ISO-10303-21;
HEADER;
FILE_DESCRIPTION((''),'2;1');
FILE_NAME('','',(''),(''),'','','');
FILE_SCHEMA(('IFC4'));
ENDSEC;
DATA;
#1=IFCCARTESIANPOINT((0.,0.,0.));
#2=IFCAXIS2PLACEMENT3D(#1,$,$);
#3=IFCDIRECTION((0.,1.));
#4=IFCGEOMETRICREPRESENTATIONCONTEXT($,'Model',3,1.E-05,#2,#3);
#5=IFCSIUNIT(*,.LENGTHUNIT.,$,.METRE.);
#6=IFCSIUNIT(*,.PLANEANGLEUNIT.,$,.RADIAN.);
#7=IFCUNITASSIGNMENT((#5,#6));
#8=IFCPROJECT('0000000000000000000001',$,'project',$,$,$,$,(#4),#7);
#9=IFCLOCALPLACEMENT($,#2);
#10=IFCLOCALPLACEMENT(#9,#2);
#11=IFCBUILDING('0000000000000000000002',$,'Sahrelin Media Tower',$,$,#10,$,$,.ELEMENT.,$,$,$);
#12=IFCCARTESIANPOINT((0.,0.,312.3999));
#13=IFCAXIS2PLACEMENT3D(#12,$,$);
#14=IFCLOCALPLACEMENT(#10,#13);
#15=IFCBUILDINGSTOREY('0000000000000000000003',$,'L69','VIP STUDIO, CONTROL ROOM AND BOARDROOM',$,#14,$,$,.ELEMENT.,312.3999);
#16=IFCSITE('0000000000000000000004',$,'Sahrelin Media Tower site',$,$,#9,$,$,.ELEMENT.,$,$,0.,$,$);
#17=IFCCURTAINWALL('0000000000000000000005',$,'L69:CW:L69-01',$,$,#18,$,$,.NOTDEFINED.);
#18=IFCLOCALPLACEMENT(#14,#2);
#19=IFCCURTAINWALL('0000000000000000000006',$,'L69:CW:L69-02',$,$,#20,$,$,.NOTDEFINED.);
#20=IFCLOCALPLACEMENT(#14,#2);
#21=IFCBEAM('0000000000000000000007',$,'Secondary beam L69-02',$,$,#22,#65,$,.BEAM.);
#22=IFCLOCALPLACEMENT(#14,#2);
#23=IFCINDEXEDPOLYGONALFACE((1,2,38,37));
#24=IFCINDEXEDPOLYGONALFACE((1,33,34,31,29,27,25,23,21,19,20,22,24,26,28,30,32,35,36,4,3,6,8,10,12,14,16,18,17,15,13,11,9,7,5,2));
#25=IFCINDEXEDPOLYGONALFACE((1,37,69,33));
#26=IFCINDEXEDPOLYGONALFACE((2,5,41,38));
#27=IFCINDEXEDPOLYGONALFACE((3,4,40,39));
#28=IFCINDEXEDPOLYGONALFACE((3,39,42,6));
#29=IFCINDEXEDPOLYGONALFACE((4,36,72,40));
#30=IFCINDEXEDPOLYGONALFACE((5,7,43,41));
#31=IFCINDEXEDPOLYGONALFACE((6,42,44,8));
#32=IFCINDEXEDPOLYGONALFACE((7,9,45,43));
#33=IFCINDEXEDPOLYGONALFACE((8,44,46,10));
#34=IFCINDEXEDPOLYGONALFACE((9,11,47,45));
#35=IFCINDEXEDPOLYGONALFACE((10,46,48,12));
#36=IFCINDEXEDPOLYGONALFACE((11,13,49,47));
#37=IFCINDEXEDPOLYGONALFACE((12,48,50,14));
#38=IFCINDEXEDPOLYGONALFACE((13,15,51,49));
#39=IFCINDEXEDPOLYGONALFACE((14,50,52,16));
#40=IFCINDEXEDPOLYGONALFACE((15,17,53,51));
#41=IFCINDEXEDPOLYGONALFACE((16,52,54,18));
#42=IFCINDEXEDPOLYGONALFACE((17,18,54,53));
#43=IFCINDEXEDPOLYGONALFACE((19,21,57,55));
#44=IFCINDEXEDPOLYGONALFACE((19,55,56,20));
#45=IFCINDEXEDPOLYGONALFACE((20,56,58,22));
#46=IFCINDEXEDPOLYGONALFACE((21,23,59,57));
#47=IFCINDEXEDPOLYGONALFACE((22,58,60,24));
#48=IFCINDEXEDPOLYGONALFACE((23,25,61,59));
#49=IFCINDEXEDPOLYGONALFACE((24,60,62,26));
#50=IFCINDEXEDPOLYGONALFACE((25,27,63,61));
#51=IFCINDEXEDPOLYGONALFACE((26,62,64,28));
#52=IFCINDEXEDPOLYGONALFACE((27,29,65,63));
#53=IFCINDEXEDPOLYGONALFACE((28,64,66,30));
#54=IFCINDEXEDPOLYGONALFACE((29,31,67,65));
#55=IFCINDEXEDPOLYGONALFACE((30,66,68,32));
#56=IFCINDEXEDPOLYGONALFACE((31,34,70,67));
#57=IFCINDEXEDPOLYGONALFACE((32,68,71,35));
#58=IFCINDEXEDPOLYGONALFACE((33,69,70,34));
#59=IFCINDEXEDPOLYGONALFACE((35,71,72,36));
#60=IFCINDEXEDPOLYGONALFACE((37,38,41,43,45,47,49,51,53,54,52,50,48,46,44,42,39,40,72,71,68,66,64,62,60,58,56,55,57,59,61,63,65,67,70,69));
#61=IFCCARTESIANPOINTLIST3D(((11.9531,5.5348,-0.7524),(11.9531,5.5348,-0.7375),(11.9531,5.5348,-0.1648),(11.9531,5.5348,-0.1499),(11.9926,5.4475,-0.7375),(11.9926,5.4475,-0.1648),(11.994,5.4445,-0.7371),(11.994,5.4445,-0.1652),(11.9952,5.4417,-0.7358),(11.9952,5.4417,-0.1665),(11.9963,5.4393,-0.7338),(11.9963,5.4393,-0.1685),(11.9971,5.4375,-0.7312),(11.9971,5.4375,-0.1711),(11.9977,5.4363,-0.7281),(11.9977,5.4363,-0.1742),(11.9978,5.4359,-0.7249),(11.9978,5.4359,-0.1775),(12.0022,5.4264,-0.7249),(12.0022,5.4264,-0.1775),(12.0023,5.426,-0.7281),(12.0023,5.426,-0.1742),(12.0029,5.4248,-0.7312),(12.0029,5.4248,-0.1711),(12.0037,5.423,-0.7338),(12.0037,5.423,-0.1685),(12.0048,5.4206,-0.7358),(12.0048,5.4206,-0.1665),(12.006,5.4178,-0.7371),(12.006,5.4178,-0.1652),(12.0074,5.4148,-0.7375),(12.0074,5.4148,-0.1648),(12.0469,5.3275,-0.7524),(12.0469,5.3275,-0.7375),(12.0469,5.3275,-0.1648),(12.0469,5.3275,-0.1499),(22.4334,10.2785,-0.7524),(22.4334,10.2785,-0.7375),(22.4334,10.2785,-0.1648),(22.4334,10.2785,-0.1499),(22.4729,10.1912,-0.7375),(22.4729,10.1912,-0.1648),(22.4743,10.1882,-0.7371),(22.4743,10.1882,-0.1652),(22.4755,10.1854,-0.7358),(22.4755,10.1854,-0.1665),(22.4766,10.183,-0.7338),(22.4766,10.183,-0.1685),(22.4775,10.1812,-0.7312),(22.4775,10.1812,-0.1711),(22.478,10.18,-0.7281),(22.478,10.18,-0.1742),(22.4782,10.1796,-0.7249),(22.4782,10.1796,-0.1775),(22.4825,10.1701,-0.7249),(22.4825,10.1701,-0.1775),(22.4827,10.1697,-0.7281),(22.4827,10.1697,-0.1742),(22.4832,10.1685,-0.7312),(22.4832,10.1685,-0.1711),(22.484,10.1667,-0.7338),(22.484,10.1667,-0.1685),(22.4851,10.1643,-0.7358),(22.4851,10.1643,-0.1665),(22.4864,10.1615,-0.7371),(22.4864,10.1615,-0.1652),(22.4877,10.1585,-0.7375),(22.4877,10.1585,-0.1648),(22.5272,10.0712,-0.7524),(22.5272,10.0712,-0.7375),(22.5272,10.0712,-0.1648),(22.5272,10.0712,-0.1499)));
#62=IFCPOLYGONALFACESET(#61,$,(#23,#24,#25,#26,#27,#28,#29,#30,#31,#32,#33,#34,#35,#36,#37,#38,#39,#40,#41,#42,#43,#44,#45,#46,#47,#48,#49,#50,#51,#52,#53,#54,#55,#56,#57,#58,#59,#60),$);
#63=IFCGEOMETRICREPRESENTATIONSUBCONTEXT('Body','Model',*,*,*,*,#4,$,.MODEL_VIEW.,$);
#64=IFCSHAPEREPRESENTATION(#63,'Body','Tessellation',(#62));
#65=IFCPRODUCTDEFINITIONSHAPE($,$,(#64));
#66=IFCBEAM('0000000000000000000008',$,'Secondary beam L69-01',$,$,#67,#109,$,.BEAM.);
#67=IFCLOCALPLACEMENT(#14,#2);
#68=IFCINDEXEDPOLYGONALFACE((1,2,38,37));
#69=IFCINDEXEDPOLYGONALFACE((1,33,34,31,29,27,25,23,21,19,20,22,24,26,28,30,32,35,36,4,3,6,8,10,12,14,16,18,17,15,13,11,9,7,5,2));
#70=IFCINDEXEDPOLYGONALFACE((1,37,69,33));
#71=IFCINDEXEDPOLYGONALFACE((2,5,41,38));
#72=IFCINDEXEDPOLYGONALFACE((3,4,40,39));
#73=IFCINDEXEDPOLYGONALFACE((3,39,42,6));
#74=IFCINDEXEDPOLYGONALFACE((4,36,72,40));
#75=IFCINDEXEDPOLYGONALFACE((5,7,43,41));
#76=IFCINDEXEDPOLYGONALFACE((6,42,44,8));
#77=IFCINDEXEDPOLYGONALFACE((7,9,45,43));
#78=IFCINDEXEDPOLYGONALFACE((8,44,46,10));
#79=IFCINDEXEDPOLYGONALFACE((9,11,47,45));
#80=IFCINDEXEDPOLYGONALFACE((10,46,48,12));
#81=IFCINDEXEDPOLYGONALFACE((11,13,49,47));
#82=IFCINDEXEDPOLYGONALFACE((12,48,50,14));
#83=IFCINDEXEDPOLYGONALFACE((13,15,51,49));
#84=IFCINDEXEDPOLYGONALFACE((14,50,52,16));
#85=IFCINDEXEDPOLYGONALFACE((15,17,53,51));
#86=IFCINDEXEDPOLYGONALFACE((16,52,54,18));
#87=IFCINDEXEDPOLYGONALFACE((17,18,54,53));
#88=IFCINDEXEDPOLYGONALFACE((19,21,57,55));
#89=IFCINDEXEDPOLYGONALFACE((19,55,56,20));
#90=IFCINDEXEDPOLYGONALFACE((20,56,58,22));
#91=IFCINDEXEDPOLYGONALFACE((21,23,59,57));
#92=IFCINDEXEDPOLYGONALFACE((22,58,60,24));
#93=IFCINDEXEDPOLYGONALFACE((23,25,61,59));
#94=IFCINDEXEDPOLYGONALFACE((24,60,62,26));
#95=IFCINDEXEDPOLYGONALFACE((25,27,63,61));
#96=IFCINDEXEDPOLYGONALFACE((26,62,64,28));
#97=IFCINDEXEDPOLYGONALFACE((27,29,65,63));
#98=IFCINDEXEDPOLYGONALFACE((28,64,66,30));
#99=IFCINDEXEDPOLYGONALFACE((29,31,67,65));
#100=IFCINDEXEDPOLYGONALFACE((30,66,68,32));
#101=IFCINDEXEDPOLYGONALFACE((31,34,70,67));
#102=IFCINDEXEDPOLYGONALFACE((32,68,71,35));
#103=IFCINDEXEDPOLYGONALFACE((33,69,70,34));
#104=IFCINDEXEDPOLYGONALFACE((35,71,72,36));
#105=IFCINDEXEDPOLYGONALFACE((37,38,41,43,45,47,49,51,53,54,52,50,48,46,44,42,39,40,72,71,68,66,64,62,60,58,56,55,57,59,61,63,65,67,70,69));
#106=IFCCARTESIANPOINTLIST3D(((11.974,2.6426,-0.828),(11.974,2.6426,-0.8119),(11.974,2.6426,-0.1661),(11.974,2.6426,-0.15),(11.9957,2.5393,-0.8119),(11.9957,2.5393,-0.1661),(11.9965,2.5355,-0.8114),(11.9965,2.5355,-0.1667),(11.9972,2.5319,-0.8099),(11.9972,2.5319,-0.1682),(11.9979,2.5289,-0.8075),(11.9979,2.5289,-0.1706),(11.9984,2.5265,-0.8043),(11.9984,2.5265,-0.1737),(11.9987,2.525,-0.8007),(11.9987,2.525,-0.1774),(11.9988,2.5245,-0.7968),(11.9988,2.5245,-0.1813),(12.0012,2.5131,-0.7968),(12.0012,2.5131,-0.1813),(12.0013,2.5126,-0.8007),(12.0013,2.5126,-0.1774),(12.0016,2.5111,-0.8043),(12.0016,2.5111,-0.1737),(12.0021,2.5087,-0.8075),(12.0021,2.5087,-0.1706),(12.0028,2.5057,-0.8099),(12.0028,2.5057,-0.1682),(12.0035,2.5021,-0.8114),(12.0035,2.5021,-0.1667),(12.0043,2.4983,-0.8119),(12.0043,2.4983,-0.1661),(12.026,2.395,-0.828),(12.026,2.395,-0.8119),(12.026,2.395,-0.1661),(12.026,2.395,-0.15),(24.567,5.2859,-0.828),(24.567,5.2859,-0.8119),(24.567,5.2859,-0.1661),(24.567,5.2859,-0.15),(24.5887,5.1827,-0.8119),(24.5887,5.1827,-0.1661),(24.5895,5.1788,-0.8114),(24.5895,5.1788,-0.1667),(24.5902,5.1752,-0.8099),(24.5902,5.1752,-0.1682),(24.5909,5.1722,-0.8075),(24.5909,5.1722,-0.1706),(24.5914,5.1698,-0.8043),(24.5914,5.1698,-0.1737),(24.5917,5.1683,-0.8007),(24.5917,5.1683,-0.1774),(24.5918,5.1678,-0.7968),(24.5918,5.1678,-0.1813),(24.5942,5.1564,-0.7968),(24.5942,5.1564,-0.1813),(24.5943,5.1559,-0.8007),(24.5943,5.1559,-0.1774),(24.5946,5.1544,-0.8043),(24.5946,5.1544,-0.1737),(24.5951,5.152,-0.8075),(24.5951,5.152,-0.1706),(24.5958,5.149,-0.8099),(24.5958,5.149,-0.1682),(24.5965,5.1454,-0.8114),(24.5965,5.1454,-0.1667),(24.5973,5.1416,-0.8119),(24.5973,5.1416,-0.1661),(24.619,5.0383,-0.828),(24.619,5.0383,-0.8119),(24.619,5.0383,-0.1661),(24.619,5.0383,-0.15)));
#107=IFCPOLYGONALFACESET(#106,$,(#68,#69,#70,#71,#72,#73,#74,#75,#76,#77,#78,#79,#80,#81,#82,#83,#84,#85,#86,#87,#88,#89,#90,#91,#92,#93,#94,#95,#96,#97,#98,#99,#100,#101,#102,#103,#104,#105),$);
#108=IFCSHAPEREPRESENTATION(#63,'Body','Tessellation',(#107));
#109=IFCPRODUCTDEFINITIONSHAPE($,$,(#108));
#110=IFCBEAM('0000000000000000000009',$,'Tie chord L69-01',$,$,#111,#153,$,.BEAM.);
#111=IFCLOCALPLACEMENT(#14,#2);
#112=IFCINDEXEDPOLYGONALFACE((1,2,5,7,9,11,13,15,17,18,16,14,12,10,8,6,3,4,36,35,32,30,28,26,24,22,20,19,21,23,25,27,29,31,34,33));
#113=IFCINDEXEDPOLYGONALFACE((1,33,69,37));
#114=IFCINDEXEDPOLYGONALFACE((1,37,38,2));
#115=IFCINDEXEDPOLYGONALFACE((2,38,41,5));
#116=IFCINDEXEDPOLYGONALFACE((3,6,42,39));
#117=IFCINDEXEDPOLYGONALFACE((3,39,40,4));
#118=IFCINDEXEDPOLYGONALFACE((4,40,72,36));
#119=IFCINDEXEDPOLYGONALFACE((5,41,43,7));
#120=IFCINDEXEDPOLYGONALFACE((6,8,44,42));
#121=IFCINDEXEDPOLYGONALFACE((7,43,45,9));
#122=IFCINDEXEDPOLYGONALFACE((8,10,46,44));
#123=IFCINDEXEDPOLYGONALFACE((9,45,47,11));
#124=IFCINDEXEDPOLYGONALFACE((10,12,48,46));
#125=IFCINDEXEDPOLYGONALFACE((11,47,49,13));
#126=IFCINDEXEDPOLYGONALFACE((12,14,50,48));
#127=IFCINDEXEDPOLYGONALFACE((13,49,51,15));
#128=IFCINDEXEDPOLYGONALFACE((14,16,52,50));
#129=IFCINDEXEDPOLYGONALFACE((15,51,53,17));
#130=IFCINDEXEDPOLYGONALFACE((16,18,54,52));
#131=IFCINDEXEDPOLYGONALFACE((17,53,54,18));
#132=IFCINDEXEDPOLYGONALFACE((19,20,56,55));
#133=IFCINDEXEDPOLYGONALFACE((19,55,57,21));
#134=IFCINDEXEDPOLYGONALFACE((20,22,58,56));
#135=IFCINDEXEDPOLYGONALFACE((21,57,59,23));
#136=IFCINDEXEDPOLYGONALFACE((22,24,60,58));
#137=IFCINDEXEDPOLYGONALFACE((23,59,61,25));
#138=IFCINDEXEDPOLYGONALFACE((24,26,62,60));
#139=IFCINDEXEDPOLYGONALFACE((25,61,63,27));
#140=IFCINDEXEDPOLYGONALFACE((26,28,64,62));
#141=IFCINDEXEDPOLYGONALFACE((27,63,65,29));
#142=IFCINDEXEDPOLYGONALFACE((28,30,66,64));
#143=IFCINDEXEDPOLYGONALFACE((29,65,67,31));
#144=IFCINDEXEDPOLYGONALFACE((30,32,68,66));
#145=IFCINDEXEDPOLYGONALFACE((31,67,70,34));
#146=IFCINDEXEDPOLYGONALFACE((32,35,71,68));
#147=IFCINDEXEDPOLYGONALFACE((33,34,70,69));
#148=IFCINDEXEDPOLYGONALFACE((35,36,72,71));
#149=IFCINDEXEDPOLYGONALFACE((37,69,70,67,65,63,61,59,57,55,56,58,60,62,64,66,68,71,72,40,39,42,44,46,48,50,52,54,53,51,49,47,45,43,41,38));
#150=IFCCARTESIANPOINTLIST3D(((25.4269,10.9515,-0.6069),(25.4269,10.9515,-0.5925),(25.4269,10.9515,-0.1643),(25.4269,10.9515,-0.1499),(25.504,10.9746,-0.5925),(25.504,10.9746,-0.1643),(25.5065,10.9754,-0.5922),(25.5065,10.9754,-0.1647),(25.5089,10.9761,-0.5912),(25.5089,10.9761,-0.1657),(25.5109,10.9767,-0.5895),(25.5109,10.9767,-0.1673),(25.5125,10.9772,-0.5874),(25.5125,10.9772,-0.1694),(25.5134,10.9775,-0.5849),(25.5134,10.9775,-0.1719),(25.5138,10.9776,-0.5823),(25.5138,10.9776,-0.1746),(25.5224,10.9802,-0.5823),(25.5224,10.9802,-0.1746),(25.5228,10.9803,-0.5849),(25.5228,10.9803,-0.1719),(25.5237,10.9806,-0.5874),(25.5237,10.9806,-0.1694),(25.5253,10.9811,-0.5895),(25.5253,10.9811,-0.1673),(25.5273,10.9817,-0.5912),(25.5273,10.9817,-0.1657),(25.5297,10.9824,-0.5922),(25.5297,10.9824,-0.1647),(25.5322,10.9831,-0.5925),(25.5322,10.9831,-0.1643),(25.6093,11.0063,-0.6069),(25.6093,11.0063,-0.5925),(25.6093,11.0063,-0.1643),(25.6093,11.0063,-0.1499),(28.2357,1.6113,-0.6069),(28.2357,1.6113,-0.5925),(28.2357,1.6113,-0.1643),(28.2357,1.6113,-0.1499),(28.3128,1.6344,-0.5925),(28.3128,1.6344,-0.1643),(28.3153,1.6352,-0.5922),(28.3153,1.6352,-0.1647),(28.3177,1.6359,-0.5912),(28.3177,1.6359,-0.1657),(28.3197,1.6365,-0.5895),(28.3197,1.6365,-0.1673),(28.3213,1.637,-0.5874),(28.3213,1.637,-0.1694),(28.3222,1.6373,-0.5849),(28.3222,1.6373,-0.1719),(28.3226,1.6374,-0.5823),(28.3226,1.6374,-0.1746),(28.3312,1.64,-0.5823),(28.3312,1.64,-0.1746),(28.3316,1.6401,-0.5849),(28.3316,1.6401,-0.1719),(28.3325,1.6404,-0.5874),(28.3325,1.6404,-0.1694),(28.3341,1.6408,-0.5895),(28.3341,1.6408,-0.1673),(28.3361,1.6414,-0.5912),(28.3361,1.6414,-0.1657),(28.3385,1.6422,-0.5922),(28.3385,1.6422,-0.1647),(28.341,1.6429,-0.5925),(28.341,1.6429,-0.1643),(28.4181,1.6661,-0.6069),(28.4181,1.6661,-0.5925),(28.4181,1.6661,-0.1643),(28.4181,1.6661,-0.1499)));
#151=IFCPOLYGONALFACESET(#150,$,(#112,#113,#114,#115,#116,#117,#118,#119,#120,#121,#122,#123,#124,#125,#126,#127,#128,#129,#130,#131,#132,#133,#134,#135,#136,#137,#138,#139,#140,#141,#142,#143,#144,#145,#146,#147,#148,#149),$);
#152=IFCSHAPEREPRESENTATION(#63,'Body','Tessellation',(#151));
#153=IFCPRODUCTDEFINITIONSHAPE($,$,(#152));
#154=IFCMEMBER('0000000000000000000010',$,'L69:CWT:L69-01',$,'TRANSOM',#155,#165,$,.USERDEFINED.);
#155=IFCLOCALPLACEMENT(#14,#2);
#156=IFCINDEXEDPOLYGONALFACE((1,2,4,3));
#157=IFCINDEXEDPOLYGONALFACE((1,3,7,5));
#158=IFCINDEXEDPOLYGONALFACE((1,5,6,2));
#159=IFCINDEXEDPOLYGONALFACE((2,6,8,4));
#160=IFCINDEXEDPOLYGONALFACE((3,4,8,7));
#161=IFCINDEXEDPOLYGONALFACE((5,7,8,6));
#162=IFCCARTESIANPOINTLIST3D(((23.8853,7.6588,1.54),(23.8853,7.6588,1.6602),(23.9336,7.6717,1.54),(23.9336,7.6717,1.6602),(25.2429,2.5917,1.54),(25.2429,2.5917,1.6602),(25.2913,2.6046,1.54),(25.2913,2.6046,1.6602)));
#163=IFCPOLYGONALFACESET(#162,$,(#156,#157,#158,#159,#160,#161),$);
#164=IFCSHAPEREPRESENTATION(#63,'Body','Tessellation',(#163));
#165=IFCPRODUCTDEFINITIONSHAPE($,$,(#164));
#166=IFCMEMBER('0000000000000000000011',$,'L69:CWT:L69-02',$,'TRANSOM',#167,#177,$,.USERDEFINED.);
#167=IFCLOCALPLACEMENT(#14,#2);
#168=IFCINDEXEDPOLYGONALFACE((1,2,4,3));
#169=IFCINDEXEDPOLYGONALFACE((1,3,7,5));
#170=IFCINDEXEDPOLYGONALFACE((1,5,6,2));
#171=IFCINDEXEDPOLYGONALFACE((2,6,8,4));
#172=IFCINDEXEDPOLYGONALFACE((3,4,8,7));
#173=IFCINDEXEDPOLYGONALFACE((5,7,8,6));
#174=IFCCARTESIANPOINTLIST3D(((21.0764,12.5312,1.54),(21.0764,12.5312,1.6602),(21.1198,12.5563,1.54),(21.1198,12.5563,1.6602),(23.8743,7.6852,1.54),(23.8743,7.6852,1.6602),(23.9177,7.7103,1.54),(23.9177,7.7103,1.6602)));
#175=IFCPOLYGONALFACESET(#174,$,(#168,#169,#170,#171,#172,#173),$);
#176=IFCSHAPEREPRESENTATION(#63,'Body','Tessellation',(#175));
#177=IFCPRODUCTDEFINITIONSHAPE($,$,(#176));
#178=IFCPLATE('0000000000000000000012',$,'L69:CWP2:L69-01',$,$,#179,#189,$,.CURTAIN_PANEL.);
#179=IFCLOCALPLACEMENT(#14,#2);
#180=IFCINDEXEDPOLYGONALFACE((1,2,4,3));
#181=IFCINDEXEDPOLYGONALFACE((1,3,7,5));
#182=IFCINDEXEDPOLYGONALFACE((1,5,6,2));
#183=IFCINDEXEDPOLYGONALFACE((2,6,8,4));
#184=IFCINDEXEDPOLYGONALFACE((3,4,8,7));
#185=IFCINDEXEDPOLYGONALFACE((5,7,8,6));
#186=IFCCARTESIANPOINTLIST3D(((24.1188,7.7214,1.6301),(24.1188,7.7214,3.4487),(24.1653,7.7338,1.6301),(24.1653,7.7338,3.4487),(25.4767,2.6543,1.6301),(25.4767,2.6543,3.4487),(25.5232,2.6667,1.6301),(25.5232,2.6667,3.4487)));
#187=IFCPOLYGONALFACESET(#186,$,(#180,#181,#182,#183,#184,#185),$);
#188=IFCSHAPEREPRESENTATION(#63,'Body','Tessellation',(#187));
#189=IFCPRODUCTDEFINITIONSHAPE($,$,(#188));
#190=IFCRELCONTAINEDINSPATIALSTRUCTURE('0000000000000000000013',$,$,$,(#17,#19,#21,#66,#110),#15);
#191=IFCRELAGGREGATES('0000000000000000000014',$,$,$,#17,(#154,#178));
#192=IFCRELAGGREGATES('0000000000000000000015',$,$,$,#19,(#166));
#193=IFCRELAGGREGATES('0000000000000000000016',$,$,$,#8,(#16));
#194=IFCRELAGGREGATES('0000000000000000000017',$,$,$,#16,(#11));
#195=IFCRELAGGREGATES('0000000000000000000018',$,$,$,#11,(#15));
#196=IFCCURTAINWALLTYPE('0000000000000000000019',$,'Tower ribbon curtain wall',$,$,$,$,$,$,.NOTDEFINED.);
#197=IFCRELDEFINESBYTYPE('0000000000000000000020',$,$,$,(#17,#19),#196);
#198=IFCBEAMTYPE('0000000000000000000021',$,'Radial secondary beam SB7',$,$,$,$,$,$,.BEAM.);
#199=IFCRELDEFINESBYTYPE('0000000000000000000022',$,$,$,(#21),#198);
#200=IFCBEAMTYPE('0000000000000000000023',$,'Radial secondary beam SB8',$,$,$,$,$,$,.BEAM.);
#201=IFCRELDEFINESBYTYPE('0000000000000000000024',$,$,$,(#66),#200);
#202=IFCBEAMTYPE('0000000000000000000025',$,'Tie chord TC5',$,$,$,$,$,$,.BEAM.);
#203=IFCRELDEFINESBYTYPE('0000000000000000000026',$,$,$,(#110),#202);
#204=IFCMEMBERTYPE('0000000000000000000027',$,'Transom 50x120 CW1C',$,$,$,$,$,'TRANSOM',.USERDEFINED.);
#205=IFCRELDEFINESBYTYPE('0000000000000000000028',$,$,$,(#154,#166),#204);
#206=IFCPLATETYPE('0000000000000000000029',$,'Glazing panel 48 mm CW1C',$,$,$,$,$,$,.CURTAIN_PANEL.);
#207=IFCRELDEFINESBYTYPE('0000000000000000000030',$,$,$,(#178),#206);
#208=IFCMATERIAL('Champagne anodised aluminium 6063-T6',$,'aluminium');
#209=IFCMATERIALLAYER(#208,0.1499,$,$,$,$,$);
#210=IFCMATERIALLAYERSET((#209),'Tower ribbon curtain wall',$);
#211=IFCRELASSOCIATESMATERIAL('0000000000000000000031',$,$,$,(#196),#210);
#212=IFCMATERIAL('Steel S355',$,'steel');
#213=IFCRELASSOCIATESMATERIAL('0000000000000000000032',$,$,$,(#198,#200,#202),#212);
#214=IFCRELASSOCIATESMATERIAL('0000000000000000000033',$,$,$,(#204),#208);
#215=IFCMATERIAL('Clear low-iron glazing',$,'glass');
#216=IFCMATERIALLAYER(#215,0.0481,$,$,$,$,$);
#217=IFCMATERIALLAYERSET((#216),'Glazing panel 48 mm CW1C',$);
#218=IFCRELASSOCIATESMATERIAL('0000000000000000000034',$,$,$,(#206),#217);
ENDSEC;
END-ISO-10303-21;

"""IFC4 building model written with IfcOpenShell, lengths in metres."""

from ifc_helpers import new_model, si_unit, direction, frame, origin, origin_2d, place, context, subcontext, project, spatial, polyline, rectangle, i_section, outline, extrude, material, layer, layer_set, material_profile, profile_set, type_object, element, aggregate, save


model = new_model("IFC4")

# Units and contexts
model_context = context("Model", 3, precision=1e-05, world=origin(), true_north=direction((0.0, 1.0)))
body_context = subcontext(model_context, "Body", "Model", "MODEL_VIEW")
ifc_project = project(units=[si_unit("LENGTHUNIT", "METRE"), si_unit("PLANEANGLEUNIT", "RADIAN")], contexts=[model_context])

# Site, building, storey
site_placement = place(None, origin())
site = spatial("IfcSite", under=ifc_project, at=site_placement, Name="Sahrelin Media Tower site", CompositionType="ELEMENT", RefElevation=0.0)
building_placement = place(site_placement, origin())
building = spatial("IfcBuilding", under=site, at=building_placement, Name="Sahrelin Media Tower", CompositionType="ELEMENT")
storey_placement = place(building_placement, frame((0.0, 0.0, 312.3999)))
storey = spatial("IfcBuildingStorey", under=building, at=storey_placement, Name="L69", Description="VIP STUDIO, CONTROL ROOM AND BOARDROOM", CompositionType="ELEMENT", Elevation=312.3999)

# Shared definitions
ifc_material_1 = material(Name="Steel S355", Category="steel")

# Curtain walls
ifc_material_2 = material(Name="Champagne anodised aluminium 6063-T6", Category="aluminium")
ifc_layer_1 = layer(ifc_material_2, 0.1499)
ifc_layer_set_1 = layer_set([ifc_layer_1], Name="Tower ribbon curtain wall")
curtain_wall_type = type_object("IfcCurtainWallType", Name="Tower ribbon curtain wall", PredefinedType="NOTDEFINED", material=ifc_layer_set_1)
curtain_wall_1_placement = place(storey_placement, frame((24.825, 5.1951, 0.0), z_axis=(0.0, 0.0, 1.0), x_axis=(1.0, 0.0, 0.0)))
curtain_wall_1 = element("IfcCurtainWall", 1, at=curtain_wall_1_placement, inside=storey, type_object=curtain_wall_type, Name="L69:CW:L69-01", PredefinedType="NOTDEFINED")
curtain_wall_2_placement = place(storey_placement, frame((22.7092, 10.2432, 0.0), z_axis=(0.0, 0.0, 1.0), x_axis=(1.0, 0.0, 0.0)))
curtain_wall_2 = element("IfcCurtainWall", 2, at=curtain_wall_2_placement, inside=storey, type_object=curtain_wall_type, Name="L69:CW:L69-02", PredefinedType="NOTDEFINED")

# Beams
ifc_material_profile_1 = material_profile(ifc_material_1, i_section(OverallWidth=0.2275, OverallDepth=0.6025, WebThickness=0.0105, FlangeThickness=0.0149, FilletRadius=0.0127, at=origin_2d()), Name="UB 610x229x101")
ifc_profile_set_1 = profile_set([ifc_material_profile_1], Name="Steel S355")
beam_type_1 = type_object("IfcBeamType", Name="Radial secondary beam SB7", PredefinedType="BEAM", material=ifc_profile_set_1)
beam_1_placement = place(storey_placement, frame((12.0, 5.4312, -0.4512), z_axis=(0.911023, 0.412355, 0.0), x_axis=(-0.412355, 0.911023, 0.0)))
element("IfcBeam", 3, at=beam_1_placement, inside=storey, type_object=beam_type_1, Name="Secondary beam L69-02", PredefinedType="BEAM", context=body_context, shape_type="SweptSolid", body=[
    extrude(i_section(OverallWidth=0.2275, OverallDepth=0.6025, WebThickness=0.0105, FlangeThickness=0.0149, FilletRadius=0.0127, at=origin_2d()), origin(), (0.0, 0.0, 1.0), 11.5039),
])
ifc_material_profile_2 = material_profile(ifc_material_1, i_section(OverallWidth=0.2529, OverallDepth=0.678, WebThickness=0.0117, FlangeThickness=0.0161, FilletRadius=0.0151, at=origin_2d()), Name="UB 686x254x125")
ifc_profile_set_2 = profile_set([ifc_material_profile_2], Name="Steel S355")
beam_type_2 = type_object("IfcBeamType", Name="Radial secondary beam SB8", PredefinedType="BEAM", material=ifc_profile_set_2)
beam_2_placement = place(storey_placement, frame((12.0, 2.5188, -0.489), z_axis=(0.978673, 0.205426, 0.0), x_axis=(-0.205426, 0.978673, 0.0)))
element("IfcBeam", 4, at=beam_2_placement, inside=storey, type_object=beam_type_2, Name="Secondary beam L69-01", PredefinedType="BEAM", context=body_context, shape_type="SweptSolid", body=[
    extrude(i_section(OverallWidth=0.2529, OverallDepth=0.678, WebThickness=0.0117, FlangeThickness=0.0161, FilletRadius=0.0151, at=origin_2d()), origin(), (0.0, 0.0, 1.0), 12.8674),
])
ifc_material_profile_3 = material_profile(ifc_material_1, i_section(OverallWidth=0.1904, OverallDepth=0.457, WebThickness=0.009, FlangeThickness=0.0144, FilletRadius=0.0103, at=origin_2d()), Name="UB 457x191x74")
ifc_profile_set_3 = profile_set([ifc_material_profile_3], Name="Steel S355")
beam_type_3 = type_object("IfcBeamType", Name="Tie chord TC5", PredefinedType="BEAM", material=ifc_profile_set_3)
beam_3_placement = place(storey_placement, frame((28.3269, 1.6387, -0.3784), z_axis=(-0.287982, 0.957636, 0.0), x_axis=(-0.957636, -0.287982, 0.0)))
element("IfcBeam", 5, at=beam_3_placement, inside=storey, type_object=beam_type_3, Name="Tie chord L69-01", PredefinedType="BEAM", context=body_context, shape_type="SweptSolid", body=[
    extrude(i_section(OverallWidth=0.1904, OverallDepth=0.457, WebThickness=0.009, FlangeThickness=0.0144, FilletRadius=0.0103, at=origin_2d()), origin(), (0.0, 0.0, 1.0), 9.7534),
])

# Members
ifc_material_profile_4 = material_profile(ifc_material_2, rectangle(XDim=0.05, YDim=0.1201, at=origin_2d()), Name="Transom 50x120")
ifc_profile_set_4 = profile_set([ifc_material_profile_4], Name="Champagne anodised aluminium 6063-T6")
member_type_1 = type_object("IfcMemberType", Name="Transom 50x120 CW1C", ElementType="TRANSOM", PredefinedType="USERDEFINED", material=ifc_profile_set_4)
member_1_placement = place(storey_placement, frame((25.2671, 2.5981, 1.6001), z_axis=(-0.258807, 0.965929, 0.0), x_axis=(-0.965929, -0.258807, 0.0)))
member_1 = element("IfcMember", 6, at=member_1_placement, type_object=member_type_1, Name="L69:CWT:L69-01", ObjectType="TRANSOM", PredefinedType="USERDEFINED", context=body_context, shape_type="SweptSolid", body=[
    extrude(rectangle(XDim=0.05, YDim=0.1201, at=origin_2d()), origin(), (0.0, 0.0, 1.0), 5.2458),
])
member_2_placement = place(storey_placement, frame((23.896, 7.6978, 1.6001), z_axis=(-0.500006, 0.866022, 0.0), x_axis=(-0.866022, -0.500006, 0.0)))
member_2 = element("IfcMember", 7, at=member_2_placement, type_object=member_type_1, Name="L69:CWT:L69-02", ObjectType="TRANSOM", PredefinedType="USERDEFINED", context=body_context, shape_type="SweptSolid", body=[
    extrude(rectangle(XDim=0.05, YDim=0.1201, at=origin_2d()), origin(), (0.0, 0.0, 1.0), 5.5957),
])

# Plate
ifc_material_3 = material(Name="Clear low-iron glazing", Category="glass")
ifc_layer_2 = layer(ifc_material_3, 0.0481)
ifc_layer_set_2 = layer_set([ifc_layer_2], Name="Glazing panel 48 mm CW1C")
plate_type_1 = type_object("IfcPlateType", Name="Glazing panel 48 mm CW1C", PredefinedType="CURTAIN_PANEL", material=ifc_layer_set_2)
plate_1_placement = place(storey_placement, frame((25.5232, 2.6667, 1.6301), z_axis=(0.965918, 0.25885, 0.0), x_axis=(-0.25885, 0.965918, 0.0)))
plate_1 = element("IfcPlate", 8, at=plate_1_placement, type_object=plate_type_1, Name="L69:CWP2:L69-01", PredefinedType="CURTAIN_PANEL", context=body_context, shape_type="SweptSolid", body=[
    extrude(outline(polyline([(0.0, 0.0), (5.2458, 0.0), (5.2458, 1.8186), (0.0, 1.8186), (0.0, 0.0)])), origin(), (0.0, 0.0, -1.0), 0.0481),
])
aggregate(curtain_wall_1, [member_1, plate_1])
aggregate(curtain_wall_2, [member_2])

save(model, "model.ifc")
